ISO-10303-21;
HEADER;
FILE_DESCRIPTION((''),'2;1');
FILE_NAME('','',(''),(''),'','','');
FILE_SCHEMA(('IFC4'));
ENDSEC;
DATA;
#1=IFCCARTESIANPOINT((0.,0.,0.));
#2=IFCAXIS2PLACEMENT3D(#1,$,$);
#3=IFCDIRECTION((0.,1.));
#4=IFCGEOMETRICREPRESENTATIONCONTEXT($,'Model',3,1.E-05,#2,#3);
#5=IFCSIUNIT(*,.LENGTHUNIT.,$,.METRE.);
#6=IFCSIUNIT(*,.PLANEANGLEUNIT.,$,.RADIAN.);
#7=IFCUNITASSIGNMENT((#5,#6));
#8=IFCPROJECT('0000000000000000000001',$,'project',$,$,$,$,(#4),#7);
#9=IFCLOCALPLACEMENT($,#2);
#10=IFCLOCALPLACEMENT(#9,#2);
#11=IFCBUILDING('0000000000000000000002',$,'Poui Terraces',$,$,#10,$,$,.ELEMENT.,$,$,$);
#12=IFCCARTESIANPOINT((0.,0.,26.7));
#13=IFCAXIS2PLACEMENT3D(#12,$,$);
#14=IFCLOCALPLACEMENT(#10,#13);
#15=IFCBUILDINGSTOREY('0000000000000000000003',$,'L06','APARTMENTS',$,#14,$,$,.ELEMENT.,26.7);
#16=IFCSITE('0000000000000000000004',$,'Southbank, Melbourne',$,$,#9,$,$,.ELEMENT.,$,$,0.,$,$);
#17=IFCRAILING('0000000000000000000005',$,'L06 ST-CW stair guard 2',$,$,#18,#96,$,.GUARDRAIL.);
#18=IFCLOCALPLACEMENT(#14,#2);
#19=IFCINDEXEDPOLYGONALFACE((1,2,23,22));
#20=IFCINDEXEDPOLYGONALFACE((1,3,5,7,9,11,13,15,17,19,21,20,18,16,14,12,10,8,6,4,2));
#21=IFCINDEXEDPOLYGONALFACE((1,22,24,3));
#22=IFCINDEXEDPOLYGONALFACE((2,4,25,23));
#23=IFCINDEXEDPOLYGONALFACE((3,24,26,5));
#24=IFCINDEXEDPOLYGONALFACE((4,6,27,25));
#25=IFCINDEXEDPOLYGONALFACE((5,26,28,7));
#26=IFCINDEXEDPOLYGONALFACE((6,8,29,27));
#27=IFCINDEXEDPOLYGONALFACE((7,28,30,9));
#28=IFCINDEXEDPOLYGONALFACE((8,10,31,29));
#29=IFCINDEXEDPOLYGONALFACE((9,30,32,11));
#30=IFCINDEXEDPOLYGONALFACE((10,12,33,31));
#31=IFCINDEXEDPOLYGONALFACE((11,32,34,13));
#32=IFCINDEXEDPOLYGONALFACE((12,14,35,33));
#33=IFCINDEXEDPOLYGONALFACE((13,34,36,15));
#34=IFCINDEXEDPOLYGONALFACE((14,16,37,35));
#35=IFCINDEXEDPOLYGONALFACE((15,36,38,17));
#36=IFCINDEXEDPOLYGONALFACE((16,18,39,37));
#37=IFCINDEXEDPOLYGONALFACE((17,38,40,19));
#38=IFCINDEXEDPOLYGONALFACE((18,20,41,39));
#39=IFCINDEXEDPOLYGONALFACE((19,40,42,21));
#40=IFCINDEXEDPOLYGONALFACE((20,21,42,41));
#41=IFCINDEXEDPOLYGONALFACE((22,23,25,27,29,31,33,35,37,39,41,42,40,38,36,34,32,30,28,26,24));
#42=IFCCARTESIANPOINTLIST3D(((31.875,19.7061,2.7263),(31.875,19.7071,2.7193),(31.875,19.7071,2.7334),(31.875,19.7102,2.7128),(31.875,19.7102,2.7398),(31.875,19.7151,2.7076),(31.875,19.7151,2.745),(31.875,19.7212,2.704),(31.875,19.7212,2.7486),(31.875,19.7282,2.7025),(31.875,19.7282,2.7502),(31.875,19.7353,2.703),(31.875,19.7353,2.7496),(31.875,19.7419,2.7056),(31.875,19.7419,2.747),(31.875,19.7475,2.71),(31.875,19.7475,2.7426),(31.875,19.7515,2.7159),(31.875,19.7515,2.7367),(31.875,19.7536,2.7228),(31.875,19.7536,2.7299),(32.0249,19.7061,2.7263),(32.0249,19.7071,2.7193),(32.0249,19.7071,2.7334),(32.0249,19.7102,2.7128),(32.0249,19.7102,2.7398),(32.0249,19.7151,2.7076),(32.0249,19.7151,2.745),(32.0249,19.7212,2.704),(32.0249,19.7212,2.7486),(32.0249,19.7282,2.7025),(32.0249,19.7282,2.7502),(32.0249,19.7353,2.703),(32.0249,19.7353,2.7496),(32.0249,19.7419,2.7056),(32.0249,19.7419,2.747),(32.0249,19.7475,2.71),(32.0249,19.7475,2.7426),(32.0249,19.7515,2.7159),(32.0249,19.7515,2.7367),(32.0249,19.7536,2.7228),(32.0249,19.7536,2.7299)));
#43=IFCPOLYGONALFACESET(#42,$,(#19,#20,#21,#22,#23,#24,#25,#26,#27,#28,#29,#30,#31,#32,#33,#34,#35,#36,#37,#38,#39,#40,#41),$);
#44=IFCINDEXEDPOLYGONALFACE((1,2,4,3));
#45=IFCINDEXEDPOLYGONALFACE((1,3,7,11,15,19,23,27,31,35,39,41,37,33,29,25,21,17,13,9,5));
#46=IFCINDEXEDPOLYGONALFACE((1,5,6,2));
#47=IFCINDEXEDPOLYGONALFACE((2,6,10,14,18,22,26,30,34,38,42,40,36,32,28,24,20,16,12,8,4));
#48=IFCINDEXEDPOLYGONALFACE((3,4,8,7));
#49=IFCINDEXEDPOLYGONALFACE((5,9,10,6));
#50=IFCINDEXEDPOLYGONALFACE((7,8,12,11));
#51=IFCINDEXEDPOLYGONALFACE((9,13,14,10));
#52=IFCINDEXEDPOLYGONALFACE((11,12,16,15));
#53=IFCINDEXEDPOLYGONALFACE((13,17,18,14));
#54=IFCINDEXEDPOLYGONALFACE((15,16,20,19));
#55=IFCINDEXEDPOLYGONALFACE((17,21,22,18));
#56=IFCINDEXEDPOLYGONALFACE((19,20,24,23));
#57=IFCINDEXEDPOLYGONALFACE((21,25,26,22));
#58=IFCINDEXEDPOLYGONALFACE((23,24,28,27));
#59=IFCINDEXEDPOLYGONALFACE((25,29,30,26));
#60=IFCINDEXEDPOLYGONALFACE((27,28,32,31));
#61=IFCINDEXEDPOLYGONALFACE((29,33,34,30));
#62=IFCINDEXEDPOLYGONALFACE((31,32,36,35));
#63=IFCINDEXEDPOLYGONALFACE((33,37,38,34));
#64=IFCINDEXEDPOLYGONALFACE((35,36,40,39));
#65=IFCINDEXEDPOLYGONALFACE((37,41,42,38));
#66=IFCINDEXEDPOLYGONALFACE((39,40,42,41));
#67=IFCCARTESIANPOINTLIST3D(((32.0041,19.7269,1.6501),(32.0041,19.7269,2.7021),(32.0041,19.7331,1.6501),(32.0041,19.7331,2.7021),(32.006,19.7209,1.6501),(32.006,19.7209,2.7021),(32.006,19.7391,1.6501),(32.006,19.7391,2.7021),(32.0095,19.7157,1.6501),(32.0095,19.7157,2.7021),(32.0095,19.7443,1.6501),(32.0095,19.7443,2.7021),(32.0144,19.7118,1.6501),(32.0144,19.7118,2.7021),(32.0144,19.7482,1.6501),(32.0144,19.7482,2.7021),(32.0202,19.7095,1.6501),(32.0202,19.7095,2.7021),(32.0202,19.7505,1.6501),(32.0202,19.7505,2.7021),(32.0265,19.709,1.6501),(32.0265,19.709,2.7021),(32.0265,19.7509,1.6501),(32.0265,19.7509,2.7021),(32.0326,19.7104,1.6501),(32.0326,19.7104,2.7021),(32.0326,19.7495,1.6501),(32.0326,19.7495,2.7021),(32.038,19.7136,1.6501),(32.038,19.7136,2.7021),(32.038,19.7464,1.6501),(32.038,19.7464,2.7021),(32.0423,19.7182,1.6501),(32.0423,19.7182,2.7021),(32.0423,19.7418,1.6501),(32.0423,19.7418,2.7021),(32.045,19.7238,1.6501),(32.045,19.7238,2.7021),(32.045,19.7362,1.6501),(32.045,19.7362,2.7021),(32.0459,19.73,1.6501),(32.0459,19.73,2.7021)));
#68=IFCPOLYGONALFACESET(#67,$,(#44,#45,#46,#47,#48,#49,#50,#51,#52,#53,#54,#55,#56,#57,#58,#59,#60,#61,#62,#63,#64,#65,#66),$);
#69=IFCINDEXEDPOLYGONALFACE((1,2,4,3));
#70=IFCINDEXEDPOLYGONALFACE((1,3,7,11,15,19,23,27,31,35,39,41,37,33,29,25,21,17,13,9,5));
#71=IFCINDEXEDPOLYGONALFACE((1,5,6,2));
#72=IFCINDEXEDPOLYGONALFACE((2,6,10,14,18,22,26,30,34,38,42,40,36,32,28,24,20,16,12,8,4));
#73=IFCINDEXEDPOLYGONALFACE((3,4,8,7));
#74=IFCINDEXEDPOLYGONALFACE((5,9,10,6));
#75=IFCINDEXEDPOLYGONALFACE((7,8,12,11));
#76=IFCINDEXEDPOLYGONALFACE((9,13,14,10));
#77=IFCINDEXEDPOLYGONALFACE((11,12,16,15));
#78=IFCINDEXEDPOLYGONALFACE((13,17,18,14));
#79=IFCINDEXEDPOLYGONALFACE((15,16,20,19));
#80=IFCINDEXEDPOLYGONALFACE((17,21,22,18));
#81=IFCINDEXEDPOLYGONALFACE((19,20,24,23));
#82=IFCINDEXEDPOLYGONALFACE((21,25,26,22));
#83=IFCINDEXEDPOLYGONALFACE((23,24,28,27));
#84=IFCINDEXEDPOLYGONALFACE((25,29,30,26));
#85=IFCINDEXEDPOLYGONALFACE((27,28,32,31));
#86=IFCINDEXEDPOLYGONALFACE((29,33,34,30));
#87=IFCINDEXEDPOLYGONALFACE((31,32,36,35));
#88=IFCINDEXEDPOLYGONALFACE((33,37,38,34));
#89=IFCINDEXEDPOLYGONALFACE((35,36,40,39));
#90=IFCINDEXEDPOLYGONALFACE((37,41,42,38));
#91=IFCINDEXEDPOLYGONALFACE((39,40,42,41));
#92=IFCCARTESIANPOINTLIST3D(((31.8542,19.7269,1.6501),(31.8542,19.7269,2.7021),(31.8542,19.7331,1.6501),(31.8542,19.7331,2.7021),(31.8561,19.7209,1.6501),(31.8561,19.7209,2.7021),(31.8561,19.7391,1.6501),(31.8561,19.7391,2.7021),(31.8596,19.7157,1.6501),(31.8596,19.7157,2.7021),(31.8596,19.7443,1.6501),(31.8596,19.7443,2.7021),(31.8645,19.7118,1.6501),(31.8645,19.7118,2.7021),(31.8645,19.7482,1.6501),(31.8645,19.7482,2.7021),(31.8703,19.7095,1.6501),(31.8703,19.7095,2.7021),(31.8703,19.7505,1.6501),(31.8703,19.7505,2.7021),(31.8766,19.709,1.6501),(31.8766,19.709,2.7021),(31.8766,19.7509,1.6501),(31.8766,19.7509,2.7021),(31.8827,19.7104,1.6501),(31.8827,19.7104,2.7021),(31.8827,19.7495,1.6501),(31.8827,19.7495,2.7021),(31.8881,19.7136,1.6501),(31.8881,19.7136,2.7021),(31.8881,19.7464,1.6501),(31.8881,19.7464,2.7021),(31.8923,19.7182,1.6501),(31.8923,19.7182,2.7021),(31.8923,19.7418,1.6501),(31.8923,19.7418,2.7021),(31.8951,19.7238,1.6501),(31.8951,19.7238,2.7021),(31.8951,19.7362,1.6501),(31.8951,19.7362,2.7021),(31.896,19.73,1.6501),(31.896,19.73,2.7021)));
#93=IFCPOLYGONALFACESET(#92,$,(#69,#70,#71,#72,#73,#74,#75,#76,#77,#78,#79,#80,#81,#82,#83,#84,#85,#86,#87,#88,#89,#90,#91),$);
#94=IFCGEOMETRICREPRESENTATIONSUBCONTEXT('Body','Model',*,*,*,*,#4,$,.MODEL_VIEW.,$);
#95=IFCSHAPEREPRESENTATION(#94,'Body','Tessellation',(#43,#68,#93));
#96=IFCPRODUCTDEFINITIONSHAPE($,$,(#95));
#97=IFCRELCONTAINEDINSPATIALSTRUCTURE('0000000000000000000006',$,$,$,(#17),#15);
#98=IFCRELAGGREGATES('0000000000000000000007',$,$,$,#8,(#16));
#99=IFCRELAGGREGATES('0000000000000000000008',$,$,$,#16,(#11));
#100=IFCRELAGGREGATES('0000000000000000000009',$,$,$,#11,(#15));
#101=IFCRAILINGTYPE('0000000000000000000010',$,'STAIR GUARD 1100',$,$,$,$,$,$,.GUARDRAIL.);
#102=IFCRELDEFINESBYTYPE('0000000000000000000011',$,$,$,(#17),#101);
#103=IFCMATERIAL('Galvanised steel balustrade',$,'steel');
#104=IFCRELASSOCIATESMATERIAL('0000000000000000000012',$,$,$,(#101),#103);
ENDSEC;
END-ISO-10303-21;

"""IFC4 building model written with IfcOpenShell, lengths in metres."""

from ifc_helpers import new_model, si_unit, direction, frame, origin, origin_2d, place, context, subcontext, project, spatial, circle, extrude, material, type_object, element, save


model = new_model("IFC4")

# Units and contexts
model_context = context("Model", 3, precision=1e-05, world=origin(), true_north=direction((0.0, 1.0)))
body_context = subcontext(model_context, "Body", "Model", "MODEL_VIEW")
ifc_project = project(units=[si_unit("LENGTHUNIT", "METRE"), si_unit("PLANEANGLEUNIT", "RADIAN")], contexts=[model_context])

# Site, building, storey
site_placement = place(None, origin())
site = spatial("IfcSite", under=ifc_project, at=site_placement, Name="Southbank, Melbourne", CompositionType="ELEMENT", RefElevation=0.0)
building_placement = place(site_placement, origin())
building = spatial("IfcBuilding", under=site, at=building_placement, Name="Poui Terraces", CompositionType="ELEMENT")
storey_placement = place(building_placement, frame((0.0, 0.0, 26.7)))
storey = spatial("IfcBuildingStorey", under=building, at=storey_placement, Name="L06", Description="APARTMENTS", CompositionType="ELEMENT", Elevation=26.7)

# Railing
ifc_material_1 = material(Name="Galvanised steel balustrade", Category="steel")
railing_type = type_object("IfcRailingType", Name="STAIR GUARD 1100", PredefinedType="GUARDRAIL", material=ifc_material_1)
railing_placement = place(storey_placement, frame((32.0249, 19.73, 1.6501)))
element("IfcRailing", 1, at=railing_placement, inside=storey, type_object=railing_type, Name="L06 ST-CW stair guard 2", PredefinedType="GUARDRAIL", context=body_context, shape_type="SweptSolid", body=[
    extrude(circle(Radius=0.0239, at=origin_2d()), frame((0.0, 0.0, 1.0762), z_axis=(-1.0, 0.0, 0.0), x_axis=(0.0, -1.0, 0.0)), (0.0, 0.0, 1.0), 0.1499),
    extrude(circle(Radius=0.021, at=origin_2d()), origin(), (0.0, 0.0, 1.0), 1.052),
    extrude(circle(Radius=0.021, at=origin_2d()), frame((-0.1499, 0.0, 0.0)), (0.0, 0.0, 1.0), 1.052),
])

save(model, "model.ifc")
